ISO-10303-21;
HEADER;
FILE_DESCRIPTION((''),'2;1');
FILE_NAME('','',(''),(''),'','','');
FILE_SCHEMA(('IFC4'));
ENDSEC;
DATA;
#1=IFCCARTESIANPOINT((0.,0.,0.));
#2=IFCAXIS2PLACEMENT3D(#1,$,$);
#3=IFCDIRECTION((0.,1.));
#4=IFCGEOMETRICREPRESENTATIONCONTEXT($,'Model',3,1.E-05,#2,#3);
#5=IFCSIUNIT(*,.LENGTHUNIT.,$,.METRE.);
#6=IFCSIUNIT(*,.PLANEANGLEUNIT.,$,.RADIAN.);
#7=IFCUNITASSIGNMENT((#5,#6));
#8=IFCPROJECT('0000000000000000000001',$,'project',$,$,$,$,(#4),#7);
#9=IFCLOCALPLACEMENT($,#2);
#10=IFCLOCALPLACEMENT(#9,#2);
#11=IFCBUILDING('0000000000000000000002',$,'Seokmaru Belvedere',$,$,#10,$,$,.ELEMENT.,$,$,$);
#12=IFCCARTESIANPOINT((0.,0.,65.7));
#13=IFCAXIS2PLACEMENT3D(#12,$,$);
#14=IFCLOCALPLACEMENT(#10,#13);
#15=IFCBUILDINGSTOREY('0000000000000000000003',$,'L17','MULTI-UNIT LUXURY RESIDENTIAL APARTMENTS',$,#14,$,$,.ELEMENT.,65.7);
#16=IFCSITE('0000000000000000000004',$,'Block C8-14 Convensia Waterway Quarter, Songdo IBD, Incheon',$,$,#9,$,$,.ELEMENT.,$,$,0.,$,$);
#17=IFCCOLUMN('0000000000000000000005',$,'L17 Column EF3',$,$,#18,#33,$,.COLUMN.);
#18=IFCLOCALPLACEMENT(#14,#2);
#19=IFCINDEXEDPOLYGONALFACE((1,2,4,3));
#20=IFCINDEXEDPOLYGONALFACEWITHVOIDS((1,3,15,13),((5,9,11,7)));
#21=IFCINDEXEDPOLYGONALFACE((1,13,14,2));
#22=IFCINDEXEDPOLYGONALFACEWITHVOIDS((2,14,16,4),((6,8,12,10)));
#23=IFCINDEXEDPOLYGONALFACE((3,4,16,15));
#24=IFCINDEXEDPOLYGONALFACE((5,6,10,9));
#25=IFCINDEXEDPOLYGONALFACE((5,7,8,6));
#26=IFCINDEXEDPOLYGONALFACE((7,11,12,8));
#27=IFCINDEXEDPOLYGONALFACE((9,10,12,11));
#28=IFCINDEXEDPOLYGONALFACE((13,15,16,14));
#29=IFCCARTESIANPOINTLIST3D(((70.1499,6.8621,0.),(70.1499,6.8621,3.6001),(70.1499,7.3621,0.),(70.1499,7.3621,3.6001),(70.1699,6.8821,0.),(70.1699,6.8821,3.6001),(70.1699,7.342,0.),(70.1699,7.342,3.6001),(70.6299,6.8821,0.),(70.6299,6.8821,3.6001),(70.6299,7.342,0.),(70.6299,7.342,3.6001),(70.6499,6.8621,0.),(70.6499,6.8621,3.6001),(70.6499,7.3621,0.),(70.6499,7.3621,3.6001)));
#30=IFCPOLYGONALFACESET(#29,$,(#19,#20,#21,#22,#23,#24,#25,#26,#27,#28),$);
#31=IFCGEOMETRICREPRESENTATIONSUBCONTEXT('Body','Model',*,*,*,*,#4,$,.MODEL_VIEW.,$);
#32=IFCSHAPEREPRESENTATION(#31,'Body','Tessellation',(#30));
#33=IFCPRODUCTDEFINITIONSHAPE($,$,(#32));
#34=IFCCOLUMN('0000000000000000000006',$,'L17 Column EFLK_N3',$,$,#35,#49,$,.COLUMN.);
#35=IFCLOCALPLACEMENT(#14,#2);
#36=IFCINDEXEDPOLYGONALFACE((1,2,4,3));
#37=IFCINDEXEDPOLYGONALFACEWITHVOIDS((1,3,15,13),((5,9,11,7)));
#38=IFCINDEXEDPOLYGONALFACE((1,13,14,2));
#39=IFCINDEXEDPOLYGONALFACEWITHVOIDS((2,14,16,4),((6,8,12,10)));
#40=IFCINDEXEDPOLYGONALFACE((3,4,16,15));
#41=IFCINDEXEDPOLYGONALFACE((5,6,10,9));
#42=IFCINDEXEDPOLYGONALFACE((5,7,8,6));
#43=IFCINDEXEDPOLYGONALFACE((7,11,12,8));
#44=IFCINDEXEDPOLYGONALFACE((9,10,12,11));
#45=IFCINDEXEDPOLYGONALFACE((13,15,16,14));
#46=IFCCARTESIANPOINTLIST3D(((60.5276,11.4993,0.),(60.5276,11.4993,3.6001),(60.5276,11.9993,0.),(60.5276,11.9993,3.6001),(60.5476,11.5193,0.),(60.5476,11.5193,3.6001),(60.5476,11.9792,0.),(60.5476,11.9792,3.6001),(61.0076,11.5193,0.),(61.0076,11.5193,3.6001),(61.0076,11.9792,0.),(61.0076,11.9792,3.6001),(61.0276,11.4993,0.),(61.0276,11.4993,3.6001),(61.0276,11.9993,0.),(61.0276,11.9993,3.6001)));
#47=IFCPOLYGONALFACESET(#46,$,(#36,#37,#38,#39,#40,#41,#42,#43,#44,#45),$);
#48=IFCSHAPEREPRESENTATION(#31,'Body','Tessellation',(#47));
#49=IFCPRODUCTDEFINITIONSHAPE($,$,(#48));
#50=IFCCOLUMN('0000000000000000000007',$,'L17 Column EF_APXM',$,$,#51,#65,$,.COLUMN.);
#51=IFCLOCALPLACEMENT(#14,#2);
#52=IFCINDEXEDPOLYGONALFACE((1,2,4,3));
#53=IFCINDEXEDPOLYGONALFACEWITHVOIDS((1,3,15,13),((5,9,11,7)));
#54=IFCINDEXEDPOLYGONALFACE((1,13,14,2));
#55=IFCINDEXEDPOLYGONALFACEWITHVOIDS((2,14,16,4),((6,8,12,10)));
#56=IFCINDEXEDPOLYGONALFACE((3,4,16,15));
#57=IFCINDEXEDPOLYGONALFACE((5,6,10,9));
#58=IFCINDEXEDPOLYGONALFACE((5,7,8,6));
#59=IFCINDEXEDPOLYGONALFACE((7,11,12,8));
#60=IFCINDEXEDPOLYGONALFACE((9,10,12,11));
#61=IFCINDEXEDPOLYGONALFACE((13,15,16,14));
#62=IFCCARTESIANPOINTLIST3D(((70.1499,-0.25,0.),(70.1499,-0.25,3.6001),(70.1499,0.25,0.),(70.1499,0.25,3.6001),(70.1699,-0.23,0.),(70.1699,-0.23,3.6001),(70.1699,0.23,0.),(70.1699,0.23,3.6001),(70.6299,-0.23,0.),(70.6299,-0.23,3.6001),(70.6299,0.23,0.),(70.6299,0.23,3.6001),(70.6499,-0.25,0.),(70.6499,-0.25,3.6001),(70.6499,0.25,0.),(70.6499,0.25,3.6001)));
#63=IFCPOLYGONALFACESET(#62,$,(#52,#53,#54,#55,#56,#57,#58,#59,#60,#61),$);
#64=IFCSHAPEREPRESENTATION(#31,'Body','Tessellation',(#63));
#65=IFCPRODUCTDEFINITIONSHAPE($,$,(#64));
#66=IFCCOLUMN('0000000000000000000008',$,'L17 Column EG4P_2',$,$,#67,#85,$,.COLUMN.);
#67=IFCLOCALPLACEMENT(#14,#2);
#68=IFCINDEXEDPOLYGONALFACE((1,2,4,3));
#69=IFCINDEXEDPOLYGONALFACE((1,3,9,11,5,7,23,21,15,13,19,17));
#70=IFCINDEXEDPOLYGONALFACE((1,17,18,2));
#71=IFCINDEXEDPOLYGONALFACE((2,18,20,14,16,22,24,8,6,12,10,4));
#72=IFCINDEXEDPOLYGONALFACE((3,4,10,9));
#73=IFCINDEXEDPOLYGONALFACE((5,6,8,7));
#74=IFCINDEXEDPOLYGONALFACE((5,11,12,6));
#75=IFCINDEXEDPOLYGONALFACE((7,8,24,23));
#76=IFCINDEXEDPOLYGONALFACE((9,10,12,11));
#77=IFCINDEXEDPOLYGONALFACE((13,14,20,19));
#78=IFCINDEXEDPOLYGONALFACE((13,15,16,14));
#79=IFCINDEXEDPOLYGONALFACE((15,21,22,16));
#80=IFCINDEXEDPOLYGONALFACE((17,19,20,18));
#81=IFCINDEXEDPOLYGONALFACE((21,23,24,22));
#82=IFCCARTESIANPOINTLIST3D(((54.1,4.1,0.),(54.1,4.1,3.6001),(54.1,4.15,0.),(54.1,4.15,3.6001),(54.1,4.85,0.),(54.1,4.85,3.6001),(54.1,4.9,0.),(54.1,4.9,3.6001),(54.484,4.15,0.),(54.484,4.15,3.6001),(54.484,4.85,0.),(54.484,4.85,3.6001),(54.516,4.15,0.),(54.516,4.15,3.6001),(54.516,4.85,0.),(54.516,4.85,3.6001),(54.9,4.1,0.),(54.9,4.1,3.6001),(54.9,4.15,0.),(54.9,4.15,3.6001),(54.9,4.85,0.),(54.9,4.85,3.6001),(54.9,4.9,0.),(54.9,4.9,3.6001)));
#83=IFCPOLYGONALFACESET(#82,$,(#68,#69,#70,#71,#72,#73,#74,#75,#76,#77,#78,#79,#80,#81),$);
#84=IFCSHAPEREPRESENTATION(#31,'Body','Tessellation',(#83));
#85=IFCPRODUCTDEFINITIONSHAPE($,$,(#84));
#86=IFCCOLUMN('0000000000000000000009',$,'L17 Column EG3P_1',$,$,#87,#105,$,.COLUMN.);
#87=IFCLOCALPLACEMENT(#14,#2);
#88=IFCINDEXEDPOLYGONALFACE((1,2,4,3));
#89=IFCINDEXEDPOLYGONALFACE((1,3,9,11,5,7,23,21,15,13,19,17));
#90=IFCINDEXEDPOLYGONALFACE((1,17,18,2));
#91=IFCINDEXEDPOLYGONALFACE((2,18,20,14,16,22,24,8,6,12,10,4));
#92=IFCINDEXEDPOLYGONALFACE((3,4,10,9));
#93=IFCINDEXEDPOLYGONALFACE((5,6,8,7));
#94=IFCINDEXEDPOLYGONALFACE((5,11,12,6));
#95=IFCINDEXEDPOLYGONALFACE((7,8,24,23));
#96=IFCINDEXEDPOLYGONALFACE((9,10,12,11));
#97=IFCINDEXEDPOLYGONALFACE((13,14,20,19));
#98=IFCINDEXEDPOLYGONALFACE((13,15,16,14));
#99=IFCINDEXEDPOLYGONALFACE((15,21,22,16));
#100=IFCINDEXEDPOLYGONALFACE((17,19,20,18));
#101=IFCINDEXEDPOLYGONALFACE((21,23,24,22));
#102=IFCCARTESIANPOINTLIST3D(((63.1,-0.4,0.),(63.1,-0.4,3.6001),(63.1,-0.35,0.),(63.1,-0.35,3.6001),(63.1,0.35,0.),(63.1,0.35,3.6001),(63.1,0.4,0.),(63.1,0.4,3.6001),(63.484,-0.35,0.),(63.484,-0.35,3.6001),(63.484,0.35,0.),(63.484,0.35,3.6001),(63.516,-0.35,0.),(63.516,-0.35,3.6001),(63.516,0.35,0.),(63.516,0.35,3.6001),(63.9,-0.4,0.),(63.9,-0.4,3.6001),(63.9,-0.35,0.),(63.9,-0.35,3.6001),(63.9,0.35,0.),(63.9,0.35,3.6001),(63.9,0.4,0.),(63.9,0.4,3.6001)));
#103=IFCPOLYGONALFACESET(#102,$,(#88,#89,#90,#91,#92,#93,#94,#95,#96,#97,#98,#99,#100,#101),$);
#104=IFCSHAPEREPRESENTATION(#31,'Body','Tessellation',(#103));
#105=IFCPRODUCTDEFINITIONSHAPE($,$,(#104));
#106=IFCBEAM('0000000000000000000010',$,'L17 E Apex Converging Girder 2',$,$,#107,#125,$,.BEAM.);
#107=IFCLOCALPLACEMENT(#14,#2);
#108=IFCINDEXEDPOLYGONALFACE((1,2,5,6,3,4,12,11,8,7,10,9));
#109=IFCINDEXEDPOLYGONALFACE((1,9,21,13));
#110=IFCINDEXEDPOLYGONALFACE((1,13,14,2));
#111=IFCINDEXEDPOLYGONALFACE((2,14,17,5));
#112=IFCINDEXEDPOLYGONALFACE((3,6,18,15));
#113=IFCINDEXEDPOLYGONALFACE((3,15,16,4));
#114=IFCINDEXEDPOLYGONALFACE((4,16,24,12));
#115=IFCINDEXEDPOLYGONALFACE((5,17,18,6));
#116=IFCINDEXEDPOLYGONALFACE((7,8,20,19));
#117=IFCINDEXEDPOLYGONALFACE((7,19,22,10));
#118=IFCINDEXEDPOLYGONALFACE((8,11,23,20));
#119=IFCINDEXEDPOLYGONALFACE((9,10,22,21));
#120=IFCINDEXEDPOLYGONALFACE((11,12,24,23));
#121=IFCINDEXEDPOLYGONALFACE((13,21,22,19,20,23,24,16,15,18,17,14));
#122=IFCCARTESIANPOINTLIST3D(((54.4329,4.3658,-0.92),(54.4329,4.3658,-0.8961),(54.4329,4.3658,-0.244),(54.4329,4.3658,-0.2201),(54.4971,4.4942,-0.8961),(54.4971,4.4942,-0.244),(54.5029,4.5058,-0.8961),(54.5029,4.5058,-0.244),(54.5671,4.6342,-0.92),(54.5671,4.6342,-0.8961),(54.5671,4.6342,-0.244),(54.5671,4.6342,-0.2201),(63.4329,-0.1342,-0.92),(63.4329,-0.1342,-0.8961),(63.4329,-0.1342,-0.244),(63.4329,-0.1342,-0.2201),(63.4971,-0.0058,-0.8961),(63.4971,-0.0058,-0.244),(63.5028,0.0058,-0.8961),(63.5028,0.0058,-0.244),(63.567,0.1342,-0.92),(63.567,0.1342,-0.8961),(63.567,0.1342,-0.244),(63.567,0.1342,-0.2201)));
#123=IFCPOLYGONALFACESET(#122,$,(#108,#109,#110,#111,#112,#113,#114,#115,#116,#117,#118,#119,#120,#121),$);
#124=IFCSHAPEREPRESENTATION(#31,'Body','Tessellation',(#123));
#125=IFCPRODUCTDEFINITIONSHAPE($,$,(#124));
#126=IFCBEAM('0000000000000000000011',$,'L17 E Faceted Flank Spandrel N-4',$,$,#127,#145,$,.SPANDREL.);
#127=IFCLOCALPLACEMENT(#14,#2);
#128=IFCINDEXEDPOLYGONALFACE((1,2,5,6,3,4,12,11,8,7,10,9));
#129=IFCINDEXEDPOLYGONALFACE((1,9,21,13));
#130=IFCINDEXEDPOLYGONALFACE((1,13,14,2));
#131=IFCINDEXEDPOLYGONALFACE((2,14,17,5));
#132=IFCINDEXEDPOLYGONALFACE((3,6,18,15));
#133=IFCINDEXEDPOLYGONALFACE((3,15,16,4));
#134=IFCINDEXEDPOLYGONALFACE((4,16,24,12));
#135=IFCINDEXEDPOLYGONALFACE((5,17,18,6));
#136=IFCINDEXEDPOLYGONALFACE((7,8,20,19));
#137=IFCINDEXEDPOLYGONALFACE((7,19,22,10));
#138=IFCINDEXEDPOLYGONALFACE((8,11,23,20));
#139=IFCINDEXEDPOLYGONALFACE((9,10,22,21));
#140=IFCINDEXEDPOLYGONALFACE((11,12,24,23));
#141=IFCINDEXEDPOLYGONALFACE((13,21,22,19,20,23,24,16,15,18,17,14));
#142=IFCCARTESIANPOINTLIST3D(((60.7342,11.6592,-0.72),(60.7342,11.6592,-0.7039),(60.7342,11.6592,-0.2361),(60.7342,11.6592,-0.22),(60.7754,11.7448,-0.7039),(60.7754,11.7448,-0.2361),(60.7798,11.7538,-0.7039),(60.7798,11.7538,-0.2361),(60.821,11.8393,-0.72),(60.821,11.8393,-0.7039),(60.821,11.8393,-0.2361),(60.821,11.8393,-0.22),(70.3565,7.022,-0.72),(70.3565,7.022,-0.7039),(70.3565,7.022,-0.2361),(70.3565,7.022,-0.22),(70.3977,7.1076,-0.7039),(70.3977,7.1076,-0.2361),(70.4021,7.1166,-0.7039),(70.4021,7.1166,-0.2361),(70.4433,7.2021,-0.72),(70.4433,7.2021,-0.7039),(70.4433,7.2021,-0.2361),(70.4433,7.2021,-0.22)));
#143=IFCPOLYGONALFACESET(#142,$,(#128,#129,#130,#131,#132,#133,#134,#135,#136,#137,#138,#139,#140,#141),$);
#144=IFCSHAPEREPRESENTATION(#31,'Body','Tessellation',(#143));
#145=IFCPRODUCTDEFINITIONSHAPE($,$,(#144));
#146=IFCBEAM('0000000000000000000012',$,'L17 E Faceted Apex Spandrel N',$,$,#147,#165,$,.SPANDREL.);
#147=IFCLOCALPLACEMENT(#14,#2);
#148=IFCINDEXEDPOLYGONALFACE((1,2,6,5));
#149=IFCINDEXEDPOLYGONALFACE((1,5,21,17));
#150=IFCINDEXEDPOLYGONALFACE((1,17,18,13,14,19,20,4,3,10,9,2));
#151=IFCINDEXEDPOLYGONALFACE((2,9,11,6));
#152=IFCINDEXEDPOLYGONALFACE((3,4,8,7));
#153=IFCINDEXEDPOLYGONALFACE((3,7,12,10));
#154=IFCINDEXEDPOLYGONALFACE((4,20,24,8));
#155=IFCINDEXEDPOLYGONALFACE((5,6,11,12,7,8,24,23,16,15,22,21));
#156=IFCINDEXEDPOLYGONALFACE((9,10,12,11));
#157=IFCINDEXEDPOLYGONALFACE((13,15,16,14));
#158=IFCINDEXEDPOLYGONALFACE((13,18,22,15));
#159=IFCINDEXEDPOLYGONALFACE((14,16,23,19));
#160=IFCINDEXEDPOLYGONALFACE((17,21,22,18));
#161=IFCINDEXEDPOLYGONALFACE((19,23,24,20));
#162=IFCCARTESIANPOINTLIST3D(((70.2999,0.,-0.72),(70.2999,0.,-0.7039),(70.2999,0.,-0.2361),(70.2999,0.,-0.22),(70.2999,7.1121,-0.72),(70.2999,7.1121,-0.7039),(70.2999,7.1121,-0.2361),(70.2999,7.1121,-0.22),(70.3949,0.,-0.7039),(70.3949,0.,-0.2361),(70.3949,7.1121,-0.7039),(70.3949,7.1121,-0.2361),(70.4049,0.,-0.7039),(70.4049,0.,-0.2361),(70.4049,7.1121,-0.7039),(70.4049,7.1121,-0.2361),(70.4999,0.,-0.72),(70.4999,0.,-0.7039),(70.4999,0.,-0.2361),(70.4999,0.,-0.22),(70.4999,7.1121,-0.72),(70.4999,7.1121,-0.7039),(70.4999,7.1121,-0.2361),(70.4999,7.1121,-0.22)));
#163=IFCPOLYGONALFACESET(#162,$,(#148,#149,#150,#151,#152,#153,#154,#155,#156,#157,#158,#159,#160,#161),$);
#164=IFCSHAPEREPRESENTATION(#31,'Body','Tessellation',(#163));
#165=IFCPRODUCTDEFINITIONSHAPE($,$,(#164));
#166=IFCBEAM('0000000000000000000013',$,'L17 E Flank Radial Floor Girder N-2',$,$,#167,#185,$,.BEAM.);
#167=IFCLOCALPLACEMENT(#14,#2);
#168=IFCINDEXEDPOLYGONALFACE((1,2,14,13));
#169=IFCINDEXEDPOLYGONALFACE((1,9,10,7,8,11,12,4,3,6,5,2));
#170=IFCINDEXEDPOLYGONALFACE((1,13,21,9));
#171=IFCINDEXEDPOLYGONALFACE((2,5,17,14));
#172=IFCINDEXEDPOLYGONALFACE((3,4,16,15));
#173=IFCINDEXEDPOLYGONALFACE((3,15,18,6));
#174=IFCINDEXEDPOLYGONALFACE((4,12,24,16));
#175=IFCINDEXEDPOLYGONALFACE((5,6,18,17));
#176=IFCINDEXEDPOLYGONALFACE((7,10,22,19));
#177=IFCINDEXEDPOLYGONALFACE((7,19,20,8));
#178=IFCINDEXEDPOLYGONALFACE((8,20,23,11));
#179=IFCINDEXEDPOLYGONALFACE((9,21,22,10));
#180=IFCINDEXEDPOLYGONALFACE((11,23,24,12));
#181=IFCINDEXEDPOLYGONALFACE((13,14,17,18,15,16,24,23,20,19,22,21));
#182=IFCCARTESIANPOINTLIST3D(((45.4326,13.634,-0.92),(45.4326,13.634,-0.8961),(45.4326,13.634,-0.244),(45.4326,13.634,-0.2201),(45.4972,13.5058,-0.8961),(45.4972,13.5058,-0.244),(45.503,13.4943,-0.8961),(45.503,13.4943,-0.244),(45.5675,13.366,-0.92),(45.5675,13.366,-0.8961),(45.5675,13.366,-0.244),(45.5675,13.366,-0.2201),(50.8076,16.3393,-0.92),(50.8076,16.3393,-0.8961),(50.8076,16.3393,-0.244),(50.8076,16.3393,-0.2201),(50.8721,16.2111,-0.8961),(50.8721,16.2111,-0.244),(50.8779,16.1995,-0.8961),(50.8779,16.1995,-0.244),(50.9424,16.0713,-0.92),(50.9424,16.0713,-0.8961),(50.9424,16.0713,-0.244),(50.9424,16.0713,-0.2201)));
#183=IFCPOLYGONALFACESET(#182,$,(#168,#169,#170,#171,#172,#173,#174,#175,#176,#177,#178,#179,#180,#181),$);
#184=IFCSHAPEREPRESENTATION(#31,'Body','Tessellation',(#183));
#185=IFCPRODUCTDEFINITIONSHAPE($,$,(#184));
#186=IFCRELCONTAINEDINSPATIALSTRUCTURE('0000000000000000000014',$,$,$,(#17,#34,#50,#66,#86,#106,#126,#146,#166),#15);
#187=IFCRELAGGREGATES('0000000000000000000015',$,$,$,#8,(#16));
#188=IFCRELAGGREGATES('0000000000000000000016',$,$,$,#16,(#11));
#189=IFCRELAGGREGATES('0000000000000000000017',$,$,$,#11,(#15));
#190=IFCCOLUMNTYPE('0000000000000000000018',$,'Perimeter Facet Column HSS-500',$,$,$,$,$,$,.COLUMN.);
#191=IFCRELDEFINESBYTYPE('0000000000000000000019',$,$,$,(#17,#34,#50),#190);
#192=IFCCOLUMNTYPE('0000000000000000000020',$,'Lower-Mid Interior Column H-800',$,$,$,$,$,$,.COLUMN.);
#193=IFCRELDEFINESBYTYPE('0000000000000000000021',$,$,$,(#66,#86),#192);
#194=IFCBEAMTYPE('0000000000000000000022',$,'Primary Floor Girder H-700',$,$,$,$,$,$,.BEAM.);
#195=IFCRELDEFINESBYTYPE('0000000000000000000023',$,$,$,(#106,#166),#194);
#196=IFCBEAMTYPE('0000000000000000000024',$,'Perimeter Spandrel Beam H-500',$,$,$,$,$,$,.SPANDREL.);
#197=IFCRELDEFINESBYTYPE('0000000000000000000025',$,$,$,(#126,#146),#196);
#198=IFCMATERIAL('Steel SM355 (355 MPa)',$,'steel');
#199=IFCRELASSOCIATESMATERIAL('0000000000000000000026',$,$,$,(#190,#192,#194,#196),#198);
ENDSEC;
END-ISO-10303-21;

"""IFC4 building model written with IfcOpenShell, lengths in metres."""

from ifc_helpers import new_model, si_unit, direction, frame, origin, origin_2d, place, context, subcontext, project, spatial, hollow_rectangle, i_section, extrude, source, transform, mapped, material, material_profile, profile_set, type_object, type_shapes, element, save


model = new_model("IFC4")

# Units and contexts
model_context = context("Model", 3, precision=1e-05, world=origin(), true_north=direction((0.0, 1.0)))
body_context = subcontext(model_context, "Body", "Model", "MODEL_VIEW")
ifc_project = project(units=[si_unit("LENGTHUNIT", "METRE"), si_unit("PLANEANGLEUNIT", "RADIAN")], contexts=[model_context])

# Site, building, storey
site_placement = place(None, origin())
site = spatial("IfcSite", under=ifc_project, at=site_placement, Name="Block C8-14 Convensia Waterway Quarter, Songdo IBD, Incheon", CompositionType="ELEMENT", RefElevation=0.0)
building_placement = place(site_placement, origin())
building = spatial("IfcBuilding", under=site, at=building_placement, Name="Seokmaru Belvedere", CompositionType="ELEMENT")
storey_placement = place(building_placement, frame((0.0, 0.0, 65.7)))
storey = spatial("IfcBuildingStorey", under=building, at=storey_placement, Name="L17", Description="MULTI-UNIT LUXURY RESIDENTIAL APARTMENTS", CompositionType="ELEMENT", Elevation=65.7)

# Columns
ifc_material_1 = material(Name="Steel SM355 (355 MPa)", Category="steel")
ifc_material_profile_1 = material_profile(ifc_material_1, hollow_rectangle(XDim=0.5, YDim=0.5, WallThickness=0.02, at=origin_2d()), Name="HSS-500x500x20")
ifc_profile_set_1 = profile_set([ifc_material_profile_1], Name="Steel SM355 (355 MPa)")
column_type_1 = type_object("IfcColumnType", Name="Perimeter Facet Column HSS-500", PredefinedType="COLUMN", material=ifc_profile_set_1)
shared_shape_1 = source(origin(), body_context, "Body", "SweptSolid", [
    extrude(hollow_rectangle(XDim=0.5, YDim=0.5, WallThickness=0.02, at=origin_2d()), origin(), (0.0, 0.0, 1.0), 3.6001),
])
type_shapes(column_type_1, [shared_shape_1])
for number, where, z_axis, x_axis, name in (
    (1, (70.3999, 7.1121, 0.0), (0.0, 0.0, 1.0), (1.0, 0.0, 0.0), "L17 Column EF3"),
    (2, (60.7776, 11.7493, 0.0), (0.0, 0.0, 1.0), (1.0, 0.0, 0.0), "L17 Column EFLK_N3"),
    (3, (70.3999, 0.0, 0.0), (0.0, 0.0, 1.0), (1.0, 0.0, 0.0), "L17 Column EF_APXM"),
):
    element("IfcColumn", number, at=place(storey_placement, frame(where, z_axis=z_axis, x_axis=x_axis)), inside=storey, type_object=column_type_1, Name=name, PredefinedType="COLUMN", context=body_context, shape_type="MappedRepresentation", body=[
        mapped(shared_shape_1, transform((0.0, 0.0, 0.0), scale=1.0)),
    ])
ifc_material_profile_2 = material_profile(ifc_material_1, i_section(OverallWidth=0.8, OverallDepth=0.8, WebThickness=0.032, FlangeThickness=0.05, at=origin_2d()), Name="H-800x800x32x50")
ifc_profile_set_2 = profile_set([ifc_material_profile_2], Name="Steel SM355 (355 MPa)")
column_type_2 = type_object("IfcColumnType", Name="Lower-Mid Interior Column H-800", PredefinedType="COLUMN", material=ifc_profile_set_2)
shared_shape_2 = source(origin(), body_context, "Body", "SweptSolid", [
    extrude(i_section(OverallWidth=0.8, OverallDepth=0.8, WebThickness=0.032, FlangeThickness=0.05, at=origin_2d()), origin(), (0.0, 0.0, 1.0), 3.6001),
])
type_shapes(column_type_2, [shared_shape_2])
for number, where, z_axis, x_axis, name in (
    (4, (54.5, 4.5, 0.0), (0.0, 0.0, 1.0), (1.0, 0.0, 0.0), "L17 Column EG4P_2"),
    (5, (63.5, 0.0, 0.0), (0.0, 0.0, 1.0), (1.0, 0.0, 0.0), "L17 Column EG3P_1"),
):
    element("IfcColumn", number, at=place(storey_placement, frame(where, z_axis=z_axis, x_axis=x_axis)), inside=storey, type_object=column_type_2, Name=name, PredefinedType="COLUMN", context=body_context, shape_type="MappedRepresentation", body=[
        mapped(shared_shape_2, transform((0.0, 0.0, 0.0), scale=1.0)),
    ])

# Beams
ifc_material_profile_3 = material_profile(ifc_material_1, i_section(OverallWidth=0.3, OverallDepth=0.7, WebThickness=0.0129, FlangeThickness=0.0239, at=origin_2d()), Name="H-700x300x13x24")
ifc_profile_set_3 = profile_set([ifc_material_profile_3], Name="Steel SM355 (355 MPa)")
beam_type_1 = type_object("IfcBeamType", Name="Primary Floor Girder H-700", PredefinedType="BEAM", material=ifc_profile_set_3)
shared_shape_3 = source(origin(), body_context, "Body", "SweptSolid", [
    extrude(i_section(OverallWidth=0.3, OverallDepth=0.7, WebThickness=0.0129, FlangeThickness=0.0239, at=origin_2d()), origin(), (0.0, 0.0, 1.0), 10.0623),
])
beam_1_placement = place(storey_placement, frame((54.5, 4.5, -0.5701), z_axis=(0.894427, -0.447214, 0.0), x_axis=(0.447214, 0.894427, 0.0)))
element("IfcBeam", 6, at=beam_1_placement, inside=storey, type_object=beam_type_1, Name="L17 E Apex Converging Girder 2", PredefinedType="BEAM", context=body_context, shape_type="MappedRepresentation", body=[
    mapped(shared_shape_3, transform((0.0, 0.0, 0.0), scale=1.0)),
])
ifc_material_profile_4 = material_profile(ifc_material_1, i_section(OverallWidth=0.2, OverallDepth=0.5, WebThickness=0.01, FlangeThickness=0.0161, at=origin_2d()), Name="H-500x200x10x16")
ifc_profile_set_4 = profile_set([ifc_material_profile_4], Name="Steel SM355 (355 MPa)")
beam_type_2 = type_object("IfcBeamType", Name="Perimeter Spandrel Beam H-500", PredefinedType="SPANDREL", material=ifc_profile_set_4)
shared_shape_4 = source(origin(), body_context, "Body", "SweptSolid", [
    extrude(i_section(OverallWidth=0.2, OverallDepth=0.5, WebThickness=0.01, FlangeThickness=0.0161, at=origin_2d()), origin(), (0.0, 0.0, 1.0), 10.6814),
])
beam_2_placement = place(storey_placement, frame((60.7776, 11.7493, -0.47), z_axis=(0.900846, -0.434138, 0.0), x_axis=(0.434138, 0.900846, 0.0)))
element("IfcBeam", 7, at=beam_2_placement, inside=storey, type_object=beam_type_2, Name="L17 E Faceted Flank Spandrel N-4", PredefinedType="SPANDREL", context=body_context, shape_type="MappedRepresentation", body=[
    mapped(shared_shape_4, transform((0.0, 0.0, 0.0), scale=1.0)),
])
shared_shape_5 = source(origin(), body_context, "Body", "SweptSolid", [
    extrude(i_section(OverallWidth=0.2, OverallDepth=0.5, WebThickness=0.01, FlangeThickness=0.0161, at=origin_2d()), origin(), (0.0, 0.0, 1.0), 7.1121),
])
type_shapes(beam_type_2, [shared_shape_4, shared_shape_5])
beam_3_placement = place(storey_placement, frame((70.3999, 0.0, -0.47), z_axis=(0.0, 1.0, 0.0), x_axis=(-1.0, 0.0, 0.0)))
element("IfcBeam", 8, at=beam_3_placement, inside=storey, type_object=beam_type_2, Name="L17 E Faceted Apex Spandrel N", PredefinedType="SPANDREL", context=body_context, shape_type="MappedRepresentation", body=[
    mapped(shared_shape_5, transform((0.0, 0.0, 0.0), scale=1.0)),
])
shared_shape_6 = source(origin(), body_context, "Body", "SweptSolid", [
    extrude(i_section(OverallWidth=0.3, OverallDepth=0.7, WebThickness=0.0129, FlangeThickness=0.0239, at=origin_2d()), origin(), (0.0, 0.0, 1.0), 6.0173),
])
beam_4_placement = place(storey_placement, frame((50.875, 16.2053, -0.5701), z_axis=(-0.893239, -0.449581, 0.0), x_axis=(0.449581, -0.893239, 0.0)))
element("IfcBeam", 9, at=beam_4_placement, inside=storey, type_object=beam_type_1, Name="L17 E Flank Radial Floor Girder N-2", PredefinedType="BEAM", context=body_context, shape_type="MappedRepresentation", body=[
    mapped(shared_shape_6, transform((0.0, 0.0, 0.0), scale=1.0)),
])

save(model, "model.ifc")
